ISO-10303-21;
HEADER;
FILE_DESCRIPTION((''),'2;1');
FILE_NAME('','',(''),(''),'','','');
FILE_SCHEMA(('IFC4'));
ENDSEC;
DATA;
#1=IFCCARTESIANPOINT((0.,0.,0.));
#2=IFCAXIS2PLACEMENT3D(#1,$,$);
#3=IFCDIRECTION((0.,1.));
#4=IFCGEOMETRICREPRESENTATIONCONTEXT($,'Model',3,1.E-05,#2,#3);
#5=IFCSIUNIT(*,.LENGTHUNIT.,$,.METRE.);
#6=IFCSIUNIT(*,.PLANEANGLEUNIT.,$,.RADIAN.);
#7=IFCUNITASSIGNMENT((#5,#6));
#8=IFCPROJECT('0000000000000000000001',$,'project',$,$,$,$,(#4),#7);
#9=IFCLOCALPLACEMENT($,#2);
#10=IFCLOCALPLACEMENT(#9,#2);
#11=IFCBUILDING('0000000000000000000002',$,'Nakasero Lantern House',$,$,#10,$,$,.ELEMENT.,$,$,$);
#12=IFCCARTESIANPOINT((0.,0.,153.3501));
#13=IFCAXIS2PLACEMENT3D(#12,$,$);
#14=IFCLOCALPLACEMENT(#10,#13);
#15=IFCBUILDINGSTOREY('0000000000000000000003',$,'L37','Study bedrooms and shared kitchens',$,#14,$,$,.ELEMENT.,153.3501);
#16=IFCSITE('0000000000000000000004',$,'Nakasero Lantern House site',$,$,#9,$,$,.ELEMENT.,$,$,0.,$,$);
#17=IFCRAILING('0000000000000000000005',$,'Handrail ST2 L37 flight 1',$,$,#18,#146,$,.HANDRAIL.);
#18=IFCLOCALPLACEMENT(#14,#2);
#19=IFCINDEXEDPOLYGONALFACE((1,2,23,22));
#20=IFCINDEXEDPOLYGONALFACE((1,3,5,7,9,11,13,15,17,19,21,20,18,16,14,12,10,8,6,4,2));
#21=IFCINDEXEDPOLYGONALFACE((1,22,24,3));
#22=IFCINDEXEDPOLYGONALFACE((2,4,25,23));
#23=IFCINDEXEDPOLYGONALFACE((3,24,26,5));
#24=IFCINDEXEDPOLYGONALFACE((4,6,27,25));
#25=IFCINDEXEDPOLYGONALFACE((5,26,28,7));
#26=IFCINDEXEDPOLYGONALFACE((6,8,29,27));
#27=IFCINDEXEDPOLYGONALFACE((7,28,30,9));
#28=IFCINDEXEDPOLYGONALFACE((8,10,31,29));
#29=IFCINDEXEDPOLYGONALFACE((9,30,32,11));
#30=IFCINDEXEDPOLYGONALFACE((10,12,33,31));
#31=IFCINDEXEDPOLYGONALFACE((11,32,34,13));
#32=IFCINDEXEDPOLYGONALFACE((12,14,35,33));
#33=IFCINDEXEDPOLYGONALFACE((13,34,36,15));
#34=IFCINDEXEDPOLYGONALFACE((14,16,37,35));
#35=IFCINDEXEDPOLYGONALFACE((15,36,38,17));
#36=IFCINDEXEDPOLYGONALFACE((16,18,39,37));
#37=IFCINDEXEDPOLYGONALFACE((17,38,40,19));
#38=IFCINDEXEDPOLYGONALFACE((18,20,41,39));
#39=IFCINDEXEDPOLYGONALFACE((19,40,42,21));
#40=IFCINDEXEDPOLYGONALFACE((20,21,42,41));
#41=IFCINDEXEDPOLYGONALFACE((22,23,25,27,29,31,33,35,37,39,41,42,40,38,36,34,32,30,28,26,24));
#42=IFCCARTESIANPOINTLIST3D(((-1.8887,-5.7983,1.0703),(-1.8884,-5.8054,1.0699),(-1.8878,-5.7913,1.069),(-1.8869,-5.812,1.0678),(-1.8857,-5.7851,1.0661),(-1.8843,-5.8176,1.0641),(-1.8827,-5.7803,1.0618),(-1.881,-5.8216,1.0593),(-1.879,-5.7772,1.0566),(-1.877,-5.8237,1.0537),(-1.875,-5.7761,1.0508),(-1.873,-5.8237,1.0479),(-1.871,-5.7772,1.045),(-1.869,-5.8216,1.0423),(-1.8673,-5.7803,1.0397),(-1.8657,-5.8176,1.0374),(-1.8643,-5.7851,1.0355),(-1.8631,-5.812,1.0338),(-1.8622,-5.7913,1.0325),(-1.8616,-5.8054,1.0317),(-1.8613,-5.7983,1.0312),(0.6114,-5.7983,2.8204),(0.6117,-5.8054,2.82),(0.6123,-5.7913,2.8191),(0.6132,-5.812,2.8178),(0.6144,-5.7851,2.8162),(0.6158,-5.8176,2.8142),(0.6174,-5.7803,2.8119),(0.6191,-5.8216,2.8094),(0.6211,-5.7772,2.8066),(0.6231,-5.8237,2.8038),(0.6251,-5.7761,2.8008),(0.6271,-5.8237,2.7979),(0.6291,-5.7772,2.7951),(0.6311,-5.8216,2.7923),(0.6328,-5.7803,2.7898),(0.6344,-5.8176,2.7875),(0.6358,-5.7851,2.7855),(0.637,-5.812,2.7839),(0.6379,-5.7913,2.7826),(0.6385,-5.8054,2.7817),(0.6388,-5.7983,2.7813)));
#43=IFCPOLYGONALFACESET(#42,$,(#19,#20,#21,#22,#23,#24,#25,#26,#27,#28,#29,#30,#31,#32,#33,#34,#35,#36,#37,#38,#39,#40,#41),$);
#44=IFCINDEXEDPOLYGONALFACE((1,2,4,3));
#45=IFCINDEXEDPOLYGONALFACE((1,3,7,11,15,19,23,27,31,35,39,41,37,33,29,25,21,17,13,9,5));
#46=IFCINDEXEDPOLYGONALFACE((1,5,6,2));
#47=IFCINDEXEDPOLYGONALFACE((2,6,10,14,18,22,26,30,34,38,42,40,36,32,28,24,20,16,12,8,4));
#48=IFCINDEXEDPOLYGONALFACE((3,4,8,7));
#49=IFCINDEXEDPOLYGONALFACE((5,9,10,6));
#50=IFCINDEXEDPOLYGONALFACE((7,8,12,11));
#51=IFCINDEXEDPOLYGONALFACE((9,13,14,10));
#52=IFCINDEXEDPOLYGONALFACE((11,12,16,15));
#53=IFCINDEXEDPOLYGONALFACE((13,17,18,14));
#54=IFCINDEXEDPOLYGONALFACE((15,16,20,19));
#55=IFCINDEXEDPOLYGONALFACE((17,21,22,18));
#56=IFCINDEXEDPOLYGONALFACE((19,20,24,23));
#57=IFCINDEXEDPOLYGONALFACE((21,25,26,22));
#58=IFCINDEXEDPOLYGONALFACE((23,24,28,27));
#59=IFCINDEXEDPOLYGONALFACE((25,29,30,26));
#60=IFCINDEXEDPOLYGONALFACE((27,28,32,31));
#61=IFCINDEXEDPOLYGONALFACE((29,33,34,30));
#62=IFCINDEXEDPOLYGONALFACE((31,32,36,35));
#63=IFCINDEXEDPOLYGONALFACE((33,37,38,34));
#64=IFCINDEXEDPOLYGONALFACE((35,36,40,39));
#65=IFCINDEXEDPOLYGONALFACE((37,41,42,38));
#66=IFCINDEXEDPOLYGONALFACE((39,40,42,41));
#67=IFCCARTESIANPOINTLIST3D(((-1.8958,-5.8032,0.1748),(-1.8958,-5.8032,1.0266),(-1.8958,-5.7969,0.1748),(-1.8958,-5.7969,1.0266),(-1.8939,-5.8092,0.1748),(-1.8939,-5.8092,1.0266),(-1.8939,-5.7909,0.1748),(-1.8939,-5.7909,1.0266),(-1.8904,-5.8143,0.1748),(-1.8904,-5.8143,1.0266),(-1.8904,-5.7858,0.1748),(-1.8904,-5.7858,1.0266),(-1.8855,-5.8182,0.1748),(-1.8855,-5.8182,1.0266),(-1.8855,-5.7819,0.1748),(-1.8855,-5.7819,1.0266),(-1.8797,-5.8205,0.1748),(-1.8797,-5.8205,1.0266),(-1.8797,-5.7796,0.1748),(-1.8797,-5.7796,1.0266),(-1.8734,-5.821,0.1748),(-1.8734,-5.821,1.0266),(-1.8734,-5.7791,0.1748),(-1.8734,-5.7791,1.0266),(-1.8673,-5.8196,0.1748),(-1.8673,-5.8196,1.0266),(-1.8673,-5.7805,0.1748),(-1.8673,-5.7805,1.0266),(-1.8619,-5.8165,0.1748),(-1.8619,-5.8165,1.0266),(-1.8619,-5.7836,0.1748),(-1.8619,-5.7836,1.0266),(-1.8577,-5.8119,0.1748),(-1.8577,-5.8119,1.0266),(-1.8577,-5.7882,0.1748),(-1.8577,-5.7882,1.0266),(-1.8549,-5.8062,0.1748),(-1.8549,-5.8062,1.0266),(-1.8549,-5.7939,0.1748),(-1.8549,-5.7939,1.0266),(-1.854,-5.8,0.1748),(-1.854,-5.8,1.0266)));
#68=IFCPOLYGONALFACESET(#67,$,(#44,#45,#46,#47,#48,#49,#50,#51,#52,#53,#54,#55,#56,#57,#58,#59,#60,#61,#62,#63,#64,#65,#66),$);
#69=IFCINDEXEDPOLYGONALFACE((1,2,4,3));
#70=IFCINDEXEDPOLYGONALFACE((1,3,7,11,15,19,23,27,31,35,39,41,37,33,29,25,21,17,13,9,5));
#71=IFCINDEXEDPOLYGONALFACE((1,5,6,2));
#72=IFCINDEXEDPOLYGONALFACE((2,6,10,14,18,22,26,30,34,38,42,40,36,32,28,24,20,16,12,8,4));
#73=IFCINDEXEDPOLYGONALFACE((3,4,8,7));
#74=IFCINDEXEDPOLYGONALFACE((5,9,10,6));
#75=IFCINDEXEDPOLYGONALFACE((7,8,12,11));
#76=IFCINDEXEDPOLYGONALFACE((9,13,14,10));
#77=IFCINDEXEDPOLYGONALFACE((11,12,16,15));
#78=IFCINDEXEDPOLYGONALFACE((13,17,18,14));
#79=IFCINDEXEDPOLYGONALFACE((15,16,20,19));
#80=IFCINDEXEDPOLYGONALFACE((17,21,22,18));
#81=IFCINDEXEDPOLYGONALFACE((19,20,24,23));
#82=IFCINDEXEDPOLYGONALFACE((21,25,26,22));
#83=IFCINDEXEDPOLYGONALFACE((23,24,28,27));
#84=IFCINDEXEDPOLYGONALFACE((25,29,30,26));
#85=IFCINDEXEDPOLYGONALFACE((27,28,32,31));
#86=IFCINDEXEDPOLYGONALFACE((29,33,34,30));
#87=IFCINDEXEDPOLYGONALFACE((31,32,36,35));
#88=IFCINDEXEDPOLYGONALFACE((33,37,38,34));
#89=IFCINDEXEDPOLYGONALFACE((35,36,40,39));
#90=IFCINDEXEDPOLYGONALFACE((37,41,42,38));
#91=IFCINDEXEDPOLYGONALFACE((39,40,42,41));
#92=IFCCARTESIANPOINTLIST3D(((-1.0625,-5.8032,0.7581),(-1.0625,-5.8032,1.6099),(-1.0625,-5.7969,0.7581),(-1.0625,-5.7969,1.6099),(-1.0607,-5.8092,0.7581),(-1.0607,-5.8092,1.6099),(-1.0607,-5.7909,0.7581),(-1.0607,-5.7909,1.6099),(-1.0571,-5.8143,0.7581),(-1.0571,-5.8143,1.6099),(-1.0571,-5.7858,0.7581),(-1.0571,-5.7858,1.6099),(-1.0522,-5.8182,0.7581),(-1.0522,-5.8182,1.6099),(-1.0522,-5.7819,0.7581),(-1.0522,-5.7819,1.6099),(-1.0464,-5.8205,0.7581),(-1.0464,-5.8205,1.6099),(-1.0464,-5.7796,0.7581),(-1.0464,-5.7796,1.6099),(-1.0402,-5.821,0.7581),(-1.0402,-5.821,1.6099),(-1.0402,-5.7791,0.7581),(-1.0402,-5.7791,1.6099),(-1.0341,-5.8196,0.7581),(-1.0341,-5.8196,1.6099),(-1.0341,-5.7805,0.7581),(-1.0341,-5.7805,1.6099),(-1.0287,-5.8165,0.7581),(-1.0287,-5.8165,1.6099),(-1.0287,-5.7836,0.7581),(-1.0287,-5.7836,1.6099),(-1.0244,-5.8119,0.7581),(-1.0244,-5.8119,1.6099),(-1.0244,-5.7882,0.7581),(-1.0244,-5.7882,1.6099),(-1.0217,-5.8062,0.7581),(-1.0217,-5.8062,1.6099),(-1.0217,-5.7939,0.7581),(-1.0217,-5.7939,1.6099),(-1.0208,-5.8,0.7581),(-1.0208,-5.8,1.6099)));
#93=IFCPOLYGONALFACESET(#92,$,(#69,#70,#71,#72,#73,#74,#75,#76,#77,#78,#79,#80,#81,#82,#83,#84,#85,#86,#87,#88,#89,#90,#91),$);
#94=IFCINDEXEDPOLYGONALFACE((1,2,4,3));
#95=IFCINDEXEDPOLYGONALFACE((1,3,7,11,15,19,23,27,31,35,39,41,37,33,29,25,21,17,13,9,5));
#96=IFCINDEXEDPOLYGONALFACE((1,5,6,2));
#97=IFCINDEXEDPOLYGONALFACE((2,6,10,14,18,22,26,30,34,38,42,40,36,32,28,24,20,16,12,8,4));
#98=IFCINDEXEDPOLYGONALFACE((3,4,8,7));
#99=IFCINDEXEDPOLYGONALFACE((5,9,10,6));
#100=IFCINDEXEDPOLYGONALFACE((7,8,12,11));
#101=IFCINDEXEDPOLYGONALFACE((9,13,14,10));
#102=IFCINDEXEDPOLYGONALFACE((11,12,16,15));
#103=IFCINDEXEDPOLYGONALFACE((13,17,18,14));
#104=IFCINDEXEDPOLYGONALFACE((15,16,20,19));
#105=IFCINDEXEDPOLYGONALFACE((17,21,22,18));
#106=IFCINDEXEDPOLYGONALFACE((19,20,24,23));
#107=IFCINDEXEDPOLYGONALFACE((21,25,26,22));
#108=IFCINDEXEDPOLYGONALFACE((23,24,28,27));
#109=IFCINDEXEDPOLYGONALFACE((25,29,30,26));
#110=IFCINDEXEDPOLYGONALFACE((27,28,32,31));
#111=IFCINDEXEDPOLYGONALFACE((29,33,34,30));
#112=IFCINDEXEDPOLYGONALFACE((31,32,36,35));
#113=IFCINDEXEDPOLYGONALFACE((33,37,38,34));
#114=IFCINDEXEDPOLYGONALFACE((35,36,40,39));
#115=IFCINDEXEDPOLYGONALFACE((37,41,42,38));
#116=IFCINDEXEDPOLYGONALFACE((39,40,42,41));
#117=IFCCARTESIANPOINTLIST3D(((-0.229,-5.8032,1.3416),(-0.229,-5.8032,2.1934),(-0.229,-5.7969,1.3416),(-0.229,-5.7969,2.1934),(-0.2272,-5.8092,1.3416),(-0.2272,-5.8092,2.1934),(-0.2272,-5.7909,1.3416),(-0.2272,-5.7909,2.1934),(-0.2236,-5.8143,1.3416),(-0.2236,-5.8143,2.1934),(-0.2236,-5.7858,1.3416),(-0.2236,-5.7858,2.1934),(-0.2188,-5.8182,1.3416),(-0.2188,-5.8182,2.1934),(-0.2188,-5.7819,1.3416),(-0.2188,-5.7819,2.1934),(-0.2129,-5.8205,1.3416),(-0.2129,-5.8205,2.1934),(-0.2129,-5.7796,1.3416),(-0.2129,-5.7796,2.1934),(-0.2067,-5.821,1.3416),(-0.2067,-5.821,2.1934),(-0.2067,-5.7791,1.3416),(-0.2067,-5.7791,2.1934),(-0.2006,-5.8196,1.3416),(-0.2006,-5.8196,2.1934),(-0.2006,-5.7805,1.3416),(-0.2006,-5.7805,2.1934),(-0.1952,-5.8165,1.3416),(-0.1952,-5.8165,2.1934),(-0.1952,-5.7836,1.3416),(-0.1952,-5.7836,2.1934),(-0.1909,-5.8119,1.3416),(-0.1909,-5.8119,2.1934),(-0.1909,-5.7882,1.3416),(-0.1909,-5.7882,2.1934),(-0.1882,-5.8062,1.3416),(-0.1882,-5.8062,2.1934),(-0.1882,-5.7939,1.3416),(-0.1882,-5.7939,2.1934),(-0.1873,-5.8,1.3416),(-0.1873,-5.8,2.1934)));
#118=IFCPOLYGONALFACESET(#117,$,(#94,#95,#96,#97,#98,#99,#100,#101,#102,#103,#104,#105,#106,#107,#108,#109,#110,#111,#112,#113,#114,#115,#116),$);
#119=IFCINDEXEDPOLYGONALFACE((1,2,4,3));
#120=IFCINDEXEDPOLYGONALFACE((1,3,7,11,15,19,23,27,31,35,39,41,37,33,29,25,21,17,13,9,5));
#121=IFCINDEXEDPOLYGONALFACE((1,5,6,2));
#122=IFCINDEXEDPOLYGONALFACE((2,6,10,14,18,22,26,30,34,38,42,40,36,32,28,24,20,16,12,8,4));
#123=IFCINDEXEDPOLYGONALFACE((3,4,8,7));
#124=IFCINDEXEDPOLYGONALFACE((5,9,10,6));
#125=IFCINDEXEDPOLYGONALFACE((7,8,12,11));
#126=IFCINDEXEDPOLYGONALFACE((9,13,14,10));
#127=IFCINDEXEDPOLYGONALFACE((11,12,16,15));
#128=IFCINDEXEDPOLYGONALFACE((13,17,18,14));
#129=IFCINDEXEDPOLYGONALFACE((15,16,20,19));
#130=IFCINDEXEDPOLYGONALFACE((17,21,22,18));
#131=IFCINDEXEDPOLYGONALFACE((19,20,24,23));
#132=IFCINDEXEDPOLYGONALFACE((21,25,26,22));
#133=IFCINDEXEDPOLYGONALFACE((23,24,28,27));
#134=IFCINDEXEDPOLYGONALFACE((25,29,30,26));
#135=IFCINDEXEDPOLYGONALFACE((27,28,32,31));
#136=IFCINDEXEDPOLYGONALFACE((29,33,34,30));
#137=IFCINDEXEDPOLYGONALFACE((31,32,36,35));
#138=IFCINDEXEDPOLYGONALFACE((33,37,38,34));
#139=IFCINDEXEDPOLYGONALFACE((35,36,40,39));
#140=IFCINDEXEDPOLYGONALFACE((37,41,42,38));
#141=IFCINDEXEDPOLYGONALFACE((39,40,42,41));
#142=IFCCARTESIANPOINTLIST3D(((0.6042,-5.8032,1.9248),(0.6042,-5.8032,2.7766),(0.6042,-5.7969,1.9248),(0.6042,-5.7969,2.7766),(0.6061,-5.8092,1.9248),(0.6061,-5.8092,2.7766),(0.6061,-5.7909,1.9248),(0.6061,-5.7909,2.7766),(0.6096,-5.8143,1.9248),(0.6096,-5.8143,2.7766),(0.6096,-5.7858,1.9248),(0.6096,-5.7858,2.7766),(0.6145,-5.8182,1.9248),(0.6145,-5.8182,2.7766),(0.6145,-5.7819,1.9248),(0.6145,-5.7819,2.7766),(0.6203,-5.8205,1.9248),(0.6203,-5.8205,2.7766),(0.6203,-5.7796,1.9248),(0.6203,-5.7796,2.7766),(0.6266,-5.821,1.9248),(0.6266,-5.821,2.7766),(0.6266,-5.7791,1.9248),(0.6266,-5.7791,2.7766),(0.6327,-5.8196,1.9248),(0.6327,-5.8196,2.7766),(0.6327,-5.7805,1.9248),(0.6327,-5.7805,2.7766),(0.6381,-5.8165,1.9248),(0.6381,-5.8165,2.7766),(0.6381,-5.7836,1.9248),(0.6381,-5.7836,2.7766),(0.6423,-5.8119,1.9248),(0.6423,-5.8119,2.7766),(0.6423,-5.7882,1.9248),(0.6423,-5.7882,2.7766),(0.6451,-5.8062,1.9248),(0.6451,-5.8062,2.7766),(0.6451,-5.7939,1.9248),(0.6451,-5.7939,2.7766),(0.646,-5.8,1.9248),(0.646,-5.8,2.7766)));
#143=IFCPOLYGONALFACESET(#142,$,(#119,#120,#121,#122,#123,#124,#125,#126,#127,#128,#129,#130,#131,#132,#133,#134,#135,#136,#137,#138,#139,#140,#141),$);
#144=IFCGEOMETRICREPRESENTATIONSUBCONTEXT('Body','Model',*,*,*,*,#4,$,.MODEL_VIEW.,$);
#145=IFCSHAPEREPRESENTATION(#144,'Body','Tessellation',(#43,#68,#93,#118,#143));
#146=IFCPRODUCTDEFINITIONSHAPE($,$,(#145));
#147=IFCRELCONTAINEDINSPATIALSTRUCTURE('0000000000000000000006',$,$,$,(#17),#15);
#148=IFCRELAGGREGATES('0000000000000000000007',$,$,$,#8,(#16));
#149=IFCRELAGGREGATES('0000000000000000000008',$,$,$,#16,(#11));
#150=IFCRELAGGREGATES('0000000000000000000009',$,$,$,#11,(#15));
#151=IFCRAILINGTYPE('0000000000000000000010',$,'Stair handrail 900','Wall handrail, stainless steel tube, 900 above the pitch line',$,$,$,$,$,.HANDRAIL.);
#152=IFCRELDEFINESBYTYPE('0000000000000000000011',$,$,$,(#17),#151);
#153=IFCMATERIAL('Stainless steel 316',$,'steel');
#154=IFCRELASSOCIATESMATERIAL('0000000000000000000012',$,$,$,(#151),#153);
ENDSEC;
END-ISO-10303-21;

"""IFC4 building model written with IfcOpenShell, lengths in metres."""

from ifc_helpers import new_model, si_unit, direction, frame, origin, origin_2d, place, context, subcontext, project, spatial, circle, extrude, material, type_object, element, save


model = new_model("IFC4")

# Units and contexts
model_context = context("Model", 3, precision=1e-05, world=origin(), true_north=direction((0.0, 1.0)))
body_context = subcontext(model_context, "Body", "Model", "MODEL_VIEW")
ifc_project = project(units=[si_unit("LENGTHUNIT", "METRE"), si_unit("PLANEANGLEUNIT", "RADIAN")], contexts=[model_context])

# Site, building, storey
site_placement = place(None, origin())
site = spatial("IfcSite", under=ifc_project, at=site_placement, Name="Nakasero Lantern House site", CompositionType="ELEMENT", RefElevation=0.0)
building_placement = place(site_placement, origin())
building = spatial("IfcBuilding", under=site, at=building_placement, Name="Nakasero Lantern House", CompositionType="ELEMENT")
storey_placement = place(building_placement, frame((0.0, 0.0, 153.3501)))
storey = spatial("IfcBuildingStorey", under=building, at=storey_placement, Name="L37", Description="Study bedrooms and shared kitchens", CompositionType="ELEMENT", Elevation=153.3501)

# Railing
ifc_material_1 = material(Name="Stainless steel 316", Category="steel")
railing_type = type_object("IfcRailingType", Name="Stair handrail 900", Description="Wall handrail, stainless steel tube, 900 above the pitch line", PredefinedType="HANDRAIL", material=ifc_material_1)
railing_placement = place(storey_placement, frame((-1.875, -5.8, 0.1748)))
element("IfcRailing", 1, at=railing_placement, inside=storey, type_object=railing_type, Name="Handrail ST2 L37 flight 1", PredefinedType="HANDRAIL", context=body_context, shape_type="SweptSolid", body=[
    extrude(circle(Radius=0.0239, at=origin_2d()), frame((0.0, 0.0, 0.876), z_axis=(0.819232, 0.0, 0.573462), x_axis=(0.0, 1.0, 0.0)), (0.0, 0.0, 1.0), 3.0518),
    extrude(circle(Radius=0.021, at=origin_2d()), origin(), (0.0, 0.0, 1.0), 0.8518),
    extrude(circle(Radius=0.021, at=origin_2d()), frame((0.8333, 0.0, 0.5833)), (0.0, 0.0, 1.0), 0.8518),
    extrude(circle(Radius=0.021, at=origin_2d()), frame((1.6667, 0.0, 1.1667)), (0.0, 0.0, 1.0), 0.8518),
    extrude(circle(Radius=0.021, at=origin_2d()), frame((2.5, 0.0, 1.75)), (0.0, 0.0, 1.0), 0.8518),
])

save(model, "model.ifc")
